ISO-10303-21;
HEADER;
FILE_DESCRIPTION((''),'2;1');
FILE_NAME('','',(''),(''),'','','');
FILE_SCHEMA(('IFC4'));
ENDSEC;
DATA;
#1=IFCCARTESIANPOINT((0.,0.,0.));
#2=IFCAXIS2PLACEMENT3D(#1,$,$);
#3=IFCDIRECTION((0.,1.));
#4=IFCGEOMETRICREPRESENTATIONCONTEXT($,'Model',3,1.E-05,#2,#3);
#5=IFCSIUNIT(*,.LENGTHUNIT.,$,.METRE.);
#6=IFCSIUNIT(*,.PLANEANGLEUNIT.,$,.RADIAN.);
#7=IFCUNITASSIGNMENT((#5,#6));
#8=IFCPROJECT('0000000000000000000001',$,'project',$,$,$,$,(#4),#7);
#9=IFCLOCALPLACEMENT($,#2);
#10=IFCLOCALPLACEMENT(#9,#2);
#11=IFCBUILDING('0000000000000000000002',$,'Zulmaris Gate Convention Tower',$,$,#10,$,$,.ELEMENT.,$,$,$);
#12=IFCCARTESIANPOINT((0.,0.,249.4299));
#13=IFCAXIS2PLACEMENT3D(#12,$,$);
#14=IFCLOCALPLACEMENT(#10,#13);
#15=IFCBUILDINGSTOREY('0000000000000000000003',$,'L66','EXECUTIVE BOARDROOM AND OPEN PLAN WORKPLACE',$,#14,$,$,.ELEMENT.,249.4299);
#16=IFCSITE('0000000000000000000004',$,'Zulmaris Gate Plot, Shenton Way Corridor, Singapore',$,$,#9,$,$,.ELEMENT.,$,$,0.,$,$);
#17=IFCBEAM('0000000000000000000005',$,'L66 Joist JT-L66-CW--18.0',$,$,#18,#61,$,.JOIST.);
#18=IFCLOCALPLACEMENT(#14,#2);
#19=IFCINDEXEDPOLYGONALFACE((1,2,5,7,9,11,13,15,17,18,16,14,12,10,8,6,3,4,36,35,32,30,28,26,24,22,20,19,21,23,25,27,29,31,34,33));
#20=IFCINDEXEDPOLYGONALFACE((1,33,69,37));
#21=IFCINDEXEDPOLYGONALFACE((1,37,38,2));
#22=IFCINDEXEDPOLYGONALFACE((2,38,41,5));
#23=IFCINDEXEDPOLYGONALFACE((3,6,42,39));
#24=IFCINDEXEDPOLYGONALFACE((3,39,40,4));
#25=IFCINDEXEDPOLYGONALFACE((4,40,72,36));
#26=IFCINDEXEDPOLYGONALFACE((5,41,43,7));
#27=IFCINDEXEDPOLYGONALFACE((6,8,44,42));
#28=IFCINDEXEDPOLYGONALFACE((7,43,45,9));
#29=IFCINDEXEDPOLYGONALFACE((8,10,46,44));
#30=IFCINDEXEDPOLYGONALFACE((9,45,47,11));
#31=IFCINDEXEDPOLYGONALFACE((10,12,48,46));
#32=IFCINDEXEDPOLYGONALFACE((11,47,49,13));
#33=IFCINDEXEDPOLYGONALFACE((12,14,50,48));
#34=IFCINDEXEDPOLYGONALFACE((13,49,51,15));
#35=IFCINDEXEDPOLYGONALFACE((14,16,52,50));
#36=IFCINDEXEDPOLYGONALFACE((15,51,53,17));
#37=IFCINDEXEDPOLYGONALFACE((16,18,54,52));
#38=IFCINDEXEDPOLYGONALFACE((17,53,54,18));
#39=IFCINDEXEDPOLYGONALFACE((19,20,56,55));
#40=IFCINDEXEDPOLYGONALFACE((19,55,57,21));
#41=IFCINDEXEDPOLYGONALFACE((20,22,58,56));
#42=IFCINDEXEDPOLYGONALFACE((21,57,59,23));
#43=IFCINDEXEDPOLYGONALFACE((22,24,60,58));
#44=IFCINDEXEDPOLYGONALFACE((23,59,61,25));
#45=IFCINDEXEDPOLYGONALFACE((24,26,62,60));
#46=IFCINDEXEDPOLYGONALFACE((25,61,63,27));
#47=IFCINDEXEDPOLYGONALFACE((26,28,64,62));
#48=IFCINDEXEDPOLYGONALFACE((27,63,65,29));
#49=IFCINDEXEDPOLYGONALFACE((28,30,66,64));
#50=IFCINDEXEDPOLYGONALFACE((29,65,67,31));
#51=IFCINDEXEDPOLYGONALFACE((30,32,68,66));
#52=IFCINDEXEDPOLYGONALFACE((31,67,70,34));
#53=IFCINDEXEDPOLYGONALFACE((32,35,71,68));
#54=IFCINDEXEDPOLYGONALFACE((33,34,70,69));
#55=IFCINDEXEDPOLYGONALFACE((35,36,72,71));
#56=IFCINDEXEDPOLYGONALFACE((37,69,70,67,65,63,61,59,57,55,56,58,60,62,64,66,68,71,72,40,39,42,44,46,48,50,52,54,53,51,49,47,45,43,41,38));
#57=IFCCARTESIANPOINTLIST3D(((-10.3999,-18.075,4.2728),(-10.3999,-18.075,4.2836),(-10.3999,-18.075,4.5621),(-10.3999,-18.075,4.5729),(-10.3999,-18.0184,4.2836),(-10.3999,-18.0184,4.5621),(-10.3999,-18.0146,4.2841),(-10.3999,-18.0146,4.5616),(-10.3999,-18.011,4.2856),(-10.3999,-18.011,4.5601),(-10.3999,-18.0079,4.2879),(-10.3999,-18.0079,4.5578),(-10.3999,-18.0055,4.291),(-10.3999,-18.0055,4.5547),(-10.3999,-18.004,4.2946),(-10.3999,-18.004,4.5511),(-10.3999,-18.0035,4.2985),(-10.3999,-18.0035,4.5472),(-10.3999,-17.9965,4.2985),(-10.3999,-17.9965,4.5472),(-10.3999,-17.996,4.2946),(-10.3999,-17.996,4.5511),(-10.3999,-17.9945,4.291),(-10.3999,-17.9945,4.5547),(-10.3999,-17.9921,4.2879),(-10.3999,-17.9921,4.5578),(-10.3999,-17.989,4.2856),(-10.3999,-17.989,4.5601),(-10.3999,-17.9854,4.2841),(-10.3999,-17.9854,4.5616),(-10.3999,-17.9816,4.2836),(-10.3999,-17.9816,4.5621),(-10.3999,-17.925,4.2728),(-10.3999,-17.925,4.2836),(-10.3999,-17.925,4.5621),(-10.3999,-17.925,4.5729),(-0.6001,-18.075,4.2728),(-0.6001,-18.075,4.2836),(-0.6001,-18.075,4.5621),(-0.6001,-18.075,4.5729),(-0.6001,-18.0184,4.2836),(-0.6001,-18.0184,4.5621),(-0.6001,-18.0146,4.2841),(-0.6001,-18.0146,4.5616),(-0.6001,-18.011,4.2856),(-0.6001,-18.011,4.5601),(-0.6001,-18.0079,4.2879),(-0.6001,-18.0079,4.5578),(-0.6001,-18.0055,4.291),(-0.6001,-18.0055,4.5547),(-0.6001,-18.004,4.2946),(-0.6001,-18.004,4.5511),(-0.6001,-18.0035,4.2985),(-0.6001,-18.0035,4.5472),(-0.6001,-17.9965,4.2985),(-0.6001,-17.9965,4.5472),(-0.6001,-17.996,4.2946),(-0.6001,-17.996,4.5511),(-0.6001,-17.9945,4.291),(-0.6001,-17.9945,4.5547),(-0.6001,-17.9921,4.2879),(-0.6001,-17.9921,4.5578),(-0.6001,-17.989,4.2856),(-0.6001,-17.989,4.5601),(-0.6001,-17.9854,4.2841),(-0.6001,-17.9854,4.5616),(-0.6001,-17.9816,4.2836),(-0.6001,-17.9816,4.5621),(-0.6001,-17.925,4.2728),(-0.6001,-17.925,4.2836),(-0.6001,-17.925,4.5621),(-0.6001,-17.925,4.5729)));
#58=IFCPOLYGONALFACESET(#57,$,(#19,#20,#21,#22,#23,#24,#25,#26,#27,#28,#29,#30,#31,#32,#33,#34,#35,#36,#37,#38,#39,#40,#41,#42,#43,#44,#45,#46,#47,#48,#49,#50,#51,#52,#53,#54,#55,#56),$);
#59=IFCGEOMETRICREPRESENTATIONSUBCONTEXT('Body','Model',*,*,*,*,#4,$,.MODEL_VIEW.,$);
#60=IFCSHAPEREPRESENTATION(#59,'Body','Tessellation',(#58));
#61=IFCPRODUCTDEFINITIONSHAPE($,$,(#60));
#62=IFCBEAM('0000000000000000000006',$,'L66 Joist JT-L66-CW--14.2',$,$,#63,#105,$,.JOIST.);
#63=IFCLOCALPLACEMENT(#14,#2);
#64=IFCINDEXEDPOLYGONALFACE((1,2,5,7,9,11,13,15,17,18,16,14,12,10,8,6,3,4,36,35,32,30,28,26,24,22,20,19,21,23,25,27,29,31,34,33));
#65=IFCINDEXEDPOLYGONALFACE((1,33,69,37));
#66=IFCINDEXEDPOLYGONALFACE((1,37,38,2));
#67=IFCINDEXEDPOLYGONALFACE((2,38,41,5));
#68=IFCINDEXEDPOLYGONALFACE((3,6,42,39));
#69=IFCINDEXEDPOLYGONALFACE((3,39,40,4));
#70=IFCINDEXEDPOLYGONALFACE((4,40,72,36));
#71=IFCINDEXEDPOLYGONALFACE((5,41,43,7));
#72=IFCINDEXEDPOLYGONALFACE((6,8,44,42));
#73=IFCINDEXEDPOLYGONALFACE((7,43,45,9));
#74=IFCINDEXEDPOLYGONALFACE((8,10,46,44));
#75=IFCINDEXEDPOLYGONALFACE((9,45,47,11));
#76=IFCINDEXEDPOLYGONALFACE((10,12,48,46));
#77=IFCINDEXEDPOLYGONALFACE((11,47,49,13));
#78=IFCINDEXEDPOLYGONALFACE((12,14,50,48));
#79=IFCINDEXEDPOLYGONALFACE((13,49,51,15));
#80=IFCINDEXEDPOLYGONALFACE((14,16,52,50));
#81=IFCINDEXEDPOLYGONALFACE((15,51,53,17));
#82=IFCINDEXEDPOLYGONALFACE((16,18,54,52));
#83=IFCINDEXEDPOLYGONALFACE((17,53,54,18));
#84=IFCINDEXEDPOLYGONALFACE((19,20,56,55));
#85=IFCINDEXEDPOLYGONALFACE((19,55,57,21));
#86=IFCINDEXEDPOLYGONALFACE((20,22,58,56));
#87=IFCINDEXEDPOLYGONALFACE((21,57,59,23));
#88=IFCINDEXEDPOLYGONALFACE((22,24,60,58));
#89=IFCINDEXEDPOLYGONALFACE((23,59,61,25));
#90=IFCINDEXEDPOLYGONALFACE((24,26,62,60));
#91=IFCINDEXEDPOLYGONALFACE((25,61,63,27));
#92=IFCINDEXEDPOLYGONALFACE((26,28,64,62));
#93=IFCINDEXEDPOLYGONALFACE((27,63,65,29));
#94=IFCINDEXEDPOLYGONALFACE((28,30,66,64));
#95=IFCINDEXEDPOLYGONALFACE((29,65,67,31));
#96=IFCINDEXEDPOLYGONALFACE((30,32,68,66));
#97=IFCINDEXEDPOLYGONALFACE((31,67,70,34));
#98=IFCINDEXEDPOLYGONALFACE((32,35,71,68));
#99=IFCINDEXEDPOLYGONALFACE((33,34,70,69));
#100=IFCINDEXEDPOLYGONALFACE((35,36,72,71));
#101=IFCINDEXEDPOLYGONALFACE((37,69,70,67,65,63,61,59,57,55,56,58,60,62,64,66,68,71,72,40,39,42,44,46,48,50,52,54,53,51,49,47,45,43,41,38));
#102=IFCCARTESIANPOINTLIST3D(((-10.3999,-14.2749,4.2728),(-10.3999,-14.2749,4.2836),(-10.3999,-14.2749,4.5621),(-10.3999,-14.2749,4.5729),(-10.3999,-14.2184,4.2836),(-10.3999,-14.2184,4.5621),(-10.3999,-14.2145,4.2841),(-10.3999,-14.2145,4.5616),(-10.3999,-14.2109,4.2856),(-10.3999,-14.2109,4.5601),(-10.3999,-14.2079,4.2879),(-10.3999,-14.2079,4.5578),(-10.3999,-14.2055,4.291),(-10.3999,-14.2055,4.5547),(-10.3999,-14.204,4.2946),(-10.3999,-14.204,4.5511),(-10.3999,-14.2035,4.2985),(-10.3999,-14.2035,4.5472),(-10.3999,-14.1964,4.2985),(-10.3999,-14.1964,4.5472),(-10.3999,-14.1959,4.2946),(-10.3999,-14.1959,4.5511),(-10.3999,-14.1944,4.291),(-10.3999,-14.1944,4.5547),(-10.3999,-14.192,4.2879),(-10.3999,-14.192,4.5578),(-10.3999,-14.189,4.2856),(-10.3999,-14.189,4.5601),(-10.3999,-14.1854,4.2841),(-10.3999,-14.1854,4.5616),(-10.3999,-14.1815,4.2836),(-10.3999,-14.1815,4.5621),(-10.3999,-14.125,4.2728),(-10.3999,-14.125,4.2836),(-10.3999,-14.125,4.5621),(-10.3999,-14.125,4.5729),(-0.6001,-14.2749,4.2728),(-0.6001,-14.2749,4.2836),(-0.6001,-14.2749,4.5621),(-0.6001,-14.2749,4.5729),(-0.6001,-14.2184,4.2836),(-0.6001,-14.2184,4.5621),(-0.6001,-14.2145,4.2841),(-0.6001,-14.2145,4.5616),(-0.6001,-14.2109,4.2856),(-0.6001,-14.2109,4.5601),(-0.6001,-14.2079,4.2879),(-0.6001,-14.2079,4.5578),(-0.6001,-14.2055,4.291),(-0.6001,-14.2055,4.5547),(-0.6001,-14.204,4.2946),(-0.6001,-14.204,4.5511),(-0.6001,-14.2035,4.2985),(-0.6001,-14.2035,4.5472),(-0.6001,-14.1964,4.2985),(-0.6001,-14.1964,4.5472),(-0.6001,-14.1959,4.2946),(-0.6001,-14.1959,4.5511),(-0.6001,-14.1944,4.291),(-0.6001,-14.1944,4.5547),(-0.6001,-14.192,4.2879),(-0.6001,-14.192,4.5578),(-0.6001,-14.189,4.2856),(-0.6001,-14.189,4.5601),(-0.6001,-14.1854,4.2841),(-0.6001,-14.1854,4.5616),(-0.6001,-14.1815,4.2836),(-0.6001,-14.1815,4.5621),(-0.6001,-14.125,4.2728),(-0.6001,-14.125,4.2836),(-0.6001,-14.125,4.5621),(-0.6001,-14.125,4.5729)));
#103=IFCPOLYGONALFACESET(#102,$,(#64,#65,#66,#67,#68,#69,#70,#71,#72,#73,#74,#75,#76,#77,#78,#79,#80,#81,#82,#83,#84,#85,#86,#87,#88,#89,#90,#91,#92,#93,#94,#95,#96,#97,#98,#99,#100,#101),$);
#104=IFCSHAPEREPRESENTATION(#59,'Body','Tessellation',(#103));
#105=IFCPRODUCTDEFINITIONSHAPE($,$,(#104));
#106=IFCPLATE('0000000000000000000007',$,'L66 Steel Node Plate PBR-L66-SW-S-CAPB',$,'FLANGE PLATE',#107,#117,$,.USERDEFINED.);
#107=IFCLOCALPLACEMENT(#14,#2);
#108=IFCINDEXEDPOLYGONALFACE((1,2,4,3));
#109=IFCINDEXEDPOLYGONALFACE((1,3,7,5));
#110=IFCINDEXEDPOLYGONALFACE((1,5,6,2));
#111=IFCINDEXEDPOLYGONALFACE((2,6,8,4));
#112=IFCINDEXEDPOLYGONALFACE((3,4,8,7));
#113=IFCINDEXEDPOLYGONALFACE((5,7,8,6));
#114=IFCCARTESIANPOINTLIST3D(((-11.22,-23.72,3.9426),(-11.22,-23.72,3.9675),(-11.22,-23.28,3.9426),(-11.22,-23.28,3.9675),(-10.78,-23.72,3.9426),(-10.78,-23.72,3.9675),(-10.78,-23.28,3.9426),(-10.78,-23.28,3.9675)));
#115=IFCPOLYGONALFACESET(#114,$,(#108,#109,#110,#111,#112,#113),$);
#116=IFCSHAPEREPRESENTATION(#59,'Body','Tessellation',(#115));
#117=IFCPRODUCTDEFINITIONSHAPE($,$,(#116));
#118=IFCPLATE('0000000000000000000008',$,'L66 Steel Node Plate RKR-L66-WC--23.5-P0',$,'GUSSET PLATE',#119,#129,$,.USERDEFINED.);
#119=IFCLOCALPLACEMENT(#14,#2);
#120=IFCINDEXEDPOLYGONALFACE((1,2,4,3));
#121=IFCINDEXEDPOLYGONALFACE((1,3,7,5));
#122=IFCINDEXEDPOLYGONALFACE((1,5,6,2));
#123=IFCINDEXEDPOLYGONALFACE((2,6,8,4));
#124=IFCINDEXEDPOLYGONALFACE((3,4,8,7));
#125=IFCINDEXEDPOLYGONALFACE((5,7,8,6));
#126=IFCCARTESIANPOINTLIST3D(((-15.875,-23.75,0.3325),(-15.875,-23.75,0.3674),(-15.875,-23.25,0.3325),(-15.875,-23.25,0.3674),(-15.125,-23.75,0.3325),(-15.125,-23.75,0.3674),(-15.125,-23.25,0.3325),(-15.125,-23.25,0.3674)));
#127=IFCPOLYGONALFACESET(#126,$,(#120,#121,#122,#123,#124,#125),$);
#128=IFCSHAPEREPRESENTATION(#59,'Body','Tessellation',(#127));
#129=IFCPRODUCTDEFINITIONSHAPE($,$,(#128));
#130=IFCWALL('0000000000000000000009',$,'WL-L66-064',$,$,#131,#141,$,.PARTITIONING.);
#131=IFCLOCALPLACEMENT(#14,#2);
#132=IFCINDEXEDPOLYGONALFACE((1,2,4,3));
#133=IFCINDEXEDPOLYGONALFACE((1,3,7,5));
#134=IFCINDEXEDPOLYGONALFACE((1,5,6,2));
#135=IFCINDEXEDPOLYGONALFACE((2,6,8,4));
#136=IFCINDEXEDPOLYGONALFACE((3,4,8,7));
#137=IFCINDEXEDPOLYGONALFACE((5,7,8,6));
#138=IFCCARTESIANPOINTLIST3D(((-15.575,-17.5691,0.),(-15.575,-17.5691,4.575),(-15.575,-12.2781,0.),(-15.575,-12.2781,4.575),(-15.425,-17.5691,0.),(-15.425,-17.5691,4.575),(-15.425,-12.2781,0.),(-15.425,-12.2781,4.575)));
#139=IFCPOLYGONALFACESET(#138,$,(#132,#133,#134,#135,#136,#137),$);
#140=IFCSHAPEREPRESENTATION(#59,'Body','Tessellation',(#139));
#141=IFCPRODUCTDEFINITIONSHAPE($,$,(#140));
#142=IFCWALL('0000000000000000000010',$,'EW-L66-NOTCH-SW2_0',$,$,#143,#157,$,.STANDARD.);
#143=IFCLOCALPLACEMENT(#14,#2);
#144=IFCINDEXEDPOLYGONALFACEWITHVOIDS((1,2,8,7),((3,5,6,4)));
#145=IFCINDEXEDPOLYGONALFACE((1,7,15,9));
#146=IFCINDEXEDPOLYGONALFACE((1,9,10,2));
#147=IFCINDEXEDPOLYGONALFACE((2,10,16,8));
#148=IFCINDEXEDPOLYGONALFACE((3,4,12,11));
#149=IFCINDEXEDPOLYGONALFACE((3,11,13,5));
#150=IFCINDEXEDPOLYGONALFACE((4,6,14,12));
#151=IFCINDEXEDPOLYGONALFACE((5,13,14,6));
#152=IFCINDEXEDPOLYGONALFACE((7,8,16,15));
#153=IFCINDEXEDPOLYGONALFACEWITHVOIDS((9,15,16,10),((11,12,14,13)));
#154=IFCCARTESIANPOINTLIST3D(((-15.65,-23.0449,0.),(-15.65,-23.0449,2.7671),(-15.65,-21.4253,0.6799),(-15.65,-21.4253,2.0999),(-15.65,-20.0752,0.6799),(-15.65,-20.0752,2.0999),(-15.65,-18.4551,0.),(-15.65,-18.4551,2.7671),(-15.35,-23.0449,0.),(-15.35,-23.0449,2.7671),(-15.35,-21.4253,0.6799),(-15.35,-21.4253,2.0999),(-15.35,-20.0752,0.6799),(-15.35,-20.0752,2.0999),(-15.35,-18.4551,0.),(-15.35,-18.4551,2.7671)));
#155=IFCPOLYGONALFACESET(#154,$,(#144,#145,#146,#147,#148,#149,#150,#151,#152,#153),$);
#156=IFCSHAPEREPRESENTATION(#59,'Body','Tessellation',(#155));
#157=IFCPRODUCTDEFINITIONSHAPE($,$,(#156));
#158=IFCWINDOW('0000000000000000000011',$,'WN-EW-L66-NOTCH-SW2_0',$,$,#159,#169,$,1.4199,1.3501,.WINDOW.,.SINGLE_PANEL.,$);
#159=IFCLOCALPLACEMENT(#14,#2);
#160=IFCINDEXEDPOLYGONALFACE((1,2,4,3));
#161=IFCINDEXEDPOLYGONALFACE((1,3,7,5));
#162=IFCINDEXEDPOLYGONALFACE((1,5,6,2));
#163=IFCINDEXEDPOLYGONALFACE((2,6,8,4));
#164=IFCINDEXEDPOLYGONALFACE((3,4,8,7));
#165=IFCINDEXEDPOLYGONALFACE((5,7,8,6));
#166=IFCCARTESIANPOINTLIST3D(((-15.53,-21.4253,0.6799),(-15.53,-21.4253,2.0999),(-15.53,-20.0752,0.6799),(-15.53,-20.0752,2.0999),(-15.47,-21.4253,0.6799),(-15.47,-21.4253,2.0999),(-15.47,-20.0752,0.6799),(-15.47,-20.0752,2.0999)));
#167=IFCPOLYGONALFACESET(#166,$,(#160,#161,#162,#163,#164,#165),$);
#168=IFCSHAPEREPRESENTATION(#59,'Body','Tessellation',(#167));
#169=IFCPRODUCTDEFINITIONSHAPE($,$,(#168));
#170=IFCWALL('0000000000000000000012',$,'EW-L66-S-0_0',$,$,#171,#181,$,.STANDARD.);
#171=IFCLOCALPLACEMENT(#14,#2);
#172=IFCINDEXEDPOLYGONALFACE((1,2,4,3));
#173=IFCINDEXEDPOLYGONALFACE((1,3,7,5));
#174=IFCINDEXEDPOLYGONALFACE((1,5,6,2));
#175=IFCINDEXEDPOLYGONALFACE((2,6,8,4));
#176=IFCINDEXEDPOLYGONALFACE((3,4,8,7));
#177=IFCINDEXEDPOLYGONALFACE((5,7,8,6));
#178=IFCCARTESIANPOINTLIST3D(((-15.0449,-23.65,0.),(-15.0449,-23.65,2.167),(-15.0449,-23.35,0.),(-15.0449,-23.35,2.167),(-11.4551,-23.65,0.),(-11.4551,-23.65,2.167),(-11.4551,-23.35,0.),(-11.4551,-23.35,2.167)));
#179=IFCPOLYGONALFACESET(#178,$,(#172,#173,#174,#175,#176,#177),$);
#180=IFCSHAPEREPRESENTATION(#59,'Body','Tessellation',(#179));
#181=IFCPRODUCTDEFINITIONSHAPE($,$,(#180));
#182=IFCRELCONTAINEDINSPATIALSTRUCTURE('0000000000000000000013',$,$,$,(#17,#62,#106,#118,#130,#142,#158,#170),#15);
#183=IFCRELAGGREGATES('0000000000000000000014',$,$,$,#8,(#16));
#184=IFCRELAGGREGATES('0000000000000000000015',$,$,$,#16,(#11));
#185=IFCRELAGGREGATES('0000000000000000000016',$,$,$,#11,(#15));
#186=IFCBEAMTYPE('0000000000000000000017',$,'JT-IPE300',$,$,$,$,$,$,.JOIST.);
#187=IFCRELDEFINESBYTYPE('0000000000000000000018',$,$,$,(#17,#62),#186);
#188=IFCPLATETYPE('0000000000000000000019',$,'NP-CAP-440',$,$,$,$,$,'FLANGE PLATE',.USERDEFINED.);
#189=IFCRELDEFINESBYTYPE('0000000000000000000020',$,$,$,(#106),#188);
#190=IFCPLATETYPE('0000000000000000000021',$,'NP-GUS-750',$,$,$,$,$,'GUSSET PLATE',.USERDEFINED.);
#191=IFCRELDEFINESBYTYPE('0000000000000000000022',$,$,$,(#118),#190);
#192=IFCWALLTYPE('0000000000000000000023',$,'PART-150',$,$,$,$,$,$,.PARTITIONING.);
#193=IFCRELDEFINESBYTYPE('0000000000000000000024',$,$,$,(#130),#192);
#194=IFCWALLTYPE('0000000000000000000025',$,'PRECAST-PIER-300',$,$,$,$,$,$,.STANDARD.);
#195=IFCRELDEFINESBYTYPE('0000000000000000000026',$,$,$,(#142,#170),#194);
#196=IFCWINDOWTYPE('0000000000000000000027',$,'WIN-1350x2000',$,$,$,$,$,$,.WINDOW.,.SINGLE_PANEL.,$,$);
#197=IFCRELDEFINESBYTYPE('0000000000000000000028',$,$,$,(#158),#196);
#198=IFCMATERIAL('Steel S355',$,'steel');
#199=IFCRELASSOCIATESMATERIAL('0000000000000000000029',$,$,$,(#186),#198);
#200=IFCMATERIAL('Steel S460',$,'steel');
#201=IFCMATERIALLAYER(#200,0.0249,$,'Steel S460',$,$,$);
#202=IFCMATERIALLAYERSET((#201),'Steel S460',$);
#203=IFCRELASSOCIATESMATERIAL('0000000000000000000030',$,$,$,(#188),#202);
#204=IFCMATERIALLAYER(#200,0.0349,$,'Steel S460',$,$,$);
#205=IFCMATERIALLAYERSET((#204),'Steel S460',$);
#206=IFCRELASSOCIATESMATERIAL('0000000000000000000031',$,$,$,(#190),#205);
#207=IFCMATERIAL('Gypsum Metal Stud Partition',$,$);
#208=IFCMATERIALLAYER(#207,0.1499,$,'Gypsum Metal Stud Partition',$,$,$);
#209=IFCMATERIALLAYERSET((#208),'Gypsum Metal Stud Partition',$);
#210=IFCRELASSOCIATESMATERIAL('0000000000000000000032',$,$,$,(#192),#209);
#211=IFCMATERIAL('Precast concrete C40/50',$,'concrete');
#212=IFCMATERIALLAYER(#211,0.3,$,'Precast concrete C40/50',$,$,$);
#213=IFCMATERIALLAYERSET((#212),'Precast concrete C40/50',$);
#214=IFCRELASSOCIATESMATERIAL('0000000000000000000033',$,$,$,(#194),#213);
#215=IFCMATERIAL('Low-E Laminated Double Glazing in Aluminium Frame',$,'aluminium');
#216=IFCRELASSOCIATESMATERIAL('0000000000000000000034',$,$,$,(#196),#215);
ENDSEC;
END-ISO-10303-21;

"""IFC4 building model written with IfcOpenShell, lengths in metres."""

from ifc_helpers import new_model, si_unit, direction, frame, frame_2d, origin, origin_2d, place, context, subcontext, project, spatial, rectangle, i_section, extrude, material, layer, layer_set, material_profile, profile_set, type_object, element, fill, save


model = new_model("IFC4")

# Units and contexts
model_context = context("Model", 3, precision=1e-05, world=origin(), true_north=direction((0.0, 1.0)))
body_context = subcontext(model_context, "Body", "Model", "MODEL_VIEW")
ifc_project = project(units=[si_unit("LENGTHUNIT", "METRE"), si_unit("PLANEANGLEUNIT", "RADIAN")], contexts=[model_context])

# Site, building, storey
site_placement = place(None, origin())
site = spatial("IfcSite", under=ifc_project, at=site_placement, Name="Zulmaris Gate Plot, Shenton Way Corridor, Singapore", CompositionType="ELEMENT", RefElevation=0.0)
building_placement = place(site_placement, origin())
building = spatial("IfcBuilding", under=site, at=building_placement, Name="Zulmaris Gate Convention Tower", CompositionType="ELEMENT")
storey_placement = place(building_placement, frame((0.0, 0.0, 249.4299)))
storey = spatial("IfcBuildingStorey", under=building, at=storey_placement, Name="L66", Description="EXECUTIVE BOARDROOM AND OPEN PLAN WORKPLACE", CompositionType="ELEMENT", Elevation=249.4299)

# Shared definitions
ifc_material_1 = material(Name="Steel S460", Category="steel")
ifc_material_2 = material(Name="Steel S355", Category="steel")

# Beams
ifc_material_profile_1 = material_profile(ifc_material_2, i_section(OverallWidth=0.1499, OverallDepth=0.3, WebThickness=0.0071, FlangeThickness=0.0107, FilletRadius=0.0149, at=origin_2d()), Name="IPE 300")
ifc_profile_set_1 = profile_set([ifc_material_profile_1], Name="Steel S355")
beam_type_1 = type_object("IfcBeamType", Name="JT-IPE300", PredefinedType="JOIST", material=ifc_profile_set_1)
for number, where, z_axis, x_axis, name in (
    (1, (-10.3999, -18.0, 4.4229), (1.0, 0.0, 0.0), (0.0, 1.0, 0.0), "L66 Joist JT-L66-CW--18.0"),
    (2, (-10.3999, -14.2, 4.4229), (1.0, 0.0, 0.0), (0.0, 1.0, 0.0), "L66 Joist JT-L66-CW--14.2"),
):
    element("IfcBeam", number, at=place(storey_placement, frame(where, z_axis=z_axis, x_axis=x_axis)), inside=storey, type_object=beam_type_1, Name=name, PredefinedType="JOIST", context=body_context, shape_type="SweptSolid", body=[
        extrude(i_section(OverallWidth=0.1499, OverallDepth=0.3, WebThickness=0.0071, FlangeThickness=0.0107, FilletRadius=0.0149, at=origin_2d()), origin(), (0.0, 0.0, 1.0), 9.7998),
    ])

# Plates
ifc_layer_1 = layer(ifc_material_1, 0.0249, Name="Steel S460")
ifc_layer_set_1 = layer_set([ifc_layer_1], Name="Steel S460")
plate_type_1 = type_object("IfcPlateType", Name="NP-CAP-440", ElementType="FLANGE PLATE", PredefinedType="USERDEFINED", material=ifc_layer_set_1)
plate_1_placement = place(storey_placement, frame((-11.0, -23.5, 3.9426), z_axis=(0.0, 0.0, 1.0), x_axis=(1.0, 0.0, 0.0)))
element("IfcPlate", 3, at=plate_1_placement, inside=storey, type_object=plate_type_1, Name="L66 Steel Node Plate PBR-L66-SW-S-CAPB", ObjectType="FLANGE PLATE", PredefinedType="USERDEFINED", context=body_context, shape_type="SweptSolid", body=[
    extrude(rectangle(XDim=0.4399, YDim=0.4399, at=origin_2d()), origin(), (0.0, 0.0, 1.0), 0.0249),
])
ifc_layer_2 = layer(ifc_material_1, 0.0349, Name="Steel S460")
ifc_layer_set_2 = layer_set([ifc_layer_2], Name="Steel S460")
plate_type_2 = type_object("IfcPlateType", Name="NP-GUS-750", ElementType="GUSSET PLATE", PredefinedType="USERDEFINED", material=ifc_layer_set_2)
plate_2_placement = place(storey_placement, frame((-15.5, -23.5, 0.3325), z_axis=(0.0, 0.0, 1.0), x_axis=(1.0, 0.0, 0.0)))
element("IfcPlate", 4, at=plate_2_placement, inside=storey, type_object=plate_type_2, Name="L66 Steel Node Plate RKR-L66-WC--23.5-P0", ObjectType="GUSSET PLATE", PredefinedType="USERDEFINED", context=body_context, shape_type="SweptSolid", body=[
    extrude(rectangle(XDim=0.75, YDim=0.5, at=origin_2d()), origin(), (0.0, 0.0, 1.0), 0.0349),
])

# Wall
ifc_material_3 = material(Name="Gypsum Metal Stud Partition")
ifc_layer_3 = layer(ifc_material_3, 0.1499, Name="Gypsum Metal Stud Partition")
ifc_layer_set_3 = layer_set([ifc_layer_3], Name="Gypsum Metal Stud Partition")
wall_type_1 = type_object("IfcWallType", Name="PART-150", PredefinedType="PARTITIONING", material=ifc_layer_set_3)
wall_1_placement = place(storey_placement, frame((-15.5, -17.5691, 0.0), z_axis=(0.0, 0.0, 1.0), x_axis=(0.0, 1.0, 0.0)))
element("IfcWall", 5, at=wall_1_placement, inside=storey, type_object=wall_type_1, Name="WL-L66-064", PredefinedType="PARTITIONING", context=body_context, shape_type="SweptSolid", body=[
    extrude(rectangle(XDim=5.291, YDim=0.1499, at=frame_2d((2.6455, 0.0))), origin(), (0.0, 0.0, 1.0), 4.575),
])

# Wall, opening, window
ifc_material_4 = material(Name="Precast concrete C40/50", Category="concrete")
ifc_layer_4 = layer(ifc_material_4, 0.3, Name="Precast concrete C40/50")
ifc_layer_set_4 = layer_set([ifc_layer_4], Name="Precast concrete C40/50")
wall_type_2 = type_object("IfcWallType", Name="PRECAST-PIER-300", PredefinedType="STANDARD", material=ifc_layer_set_4)
wall_2_placement = place(storey_placement, frame((-15.5, -18.4551, 0.0), z_axis=(0.0, 0.0, 1.0), x_axis=(0.0, -1.0, 0.0)))
wall_2 = element("IfcWall", 6, at=wall_2_placement, inside=storey, type_object=wall_type_2, Name="EW-L66-NOTCH-SW2_0", PredefinedType="STANDARD", context=body_context, shape_type="SweptSolid", body=[
    extrude(rectangle(XDim=4.5898, YDim=0.3, at=frame_2d((2.2949, 0.0))), origin(), (0.0, 0.0, 1.0), 2.7671),
])
opening_placement = place(wall_2_placement, frame((1.6201, 0.0, 0.6799)))
opening = element("IfcOpeningElement", 7, at=opening_placement, cuts=wall_2, PredefinedType="OPENING", context=body_context, shape_type="SweptSolid", body=[
    extrude(rectangle(XDim=1.3501, YDim=1.4199, at=frame_2d((0.675, 0.71))), frame((0.0, 0.1602, 0.0), z_axis=(0.0, -1.0, 0.0), x_axis=(1.0, 0.0, 0.0)), (0.0, 0.0, 1.0), 0.3201),
])
ifc_material_5 = material(Name="Low-E Laminated Double Glazing in Aluminium Frame", Category="aluminium")
window_type = type_object("IfcWindowType", Name="WIN-1350x2000", PartitioningType="SINGLE_PANEL", PredefinedType="WINDOW", material=ifc_material_5)
window_placement = place(opening_placement, origin())
window = element("IfcWindow", 8, at=window_placement, inside=storey, type_object=window_type, Name="WN-EW-L66-NOTCH-SW2_0", OverallHeight=1.4199, OverallWidth=1.3501, PartitioningType="SINGLE_PANEL", PredefinedType="WINDOW", context=body_context, shape_type="SweptSolid", body=[
    extrude(rectangle(XDim=1.3501, YDim=1.4199, at=frame_2d((0.675, 0.71))), frame((0.0, 0.03, 0.0), z_axis=(0.0, -1.0, 0.0), x_axis=(1.0, 0.0, 0.0)), (0.0, 0.0, 1.0), 0.0601),
])
fill(opening, window)

# Wall
wall_3_placement = place(storey_placement, frame((-15.0449, -23.5, 0.0), z_axis=(0.0, 0.0, 1.0), x_axis=(1.0, 0.0, 0.0)))
element("IfcWall", 9, at=wall_3_placement, inside=storey, type_object=wall_type_2, Name="EW-L66-S-0_0", PredefinedType="STANDARD", context=body_context, shape_type="SweptSolid", body=[
    extrude(rectangle(XDim=3.5898, YDim=0.3, at=frame_2d((1.7949, 0.0))), origin(), (0.0, 0.0, 1.0), 2.167),
])

save(model, "model.ifc")
